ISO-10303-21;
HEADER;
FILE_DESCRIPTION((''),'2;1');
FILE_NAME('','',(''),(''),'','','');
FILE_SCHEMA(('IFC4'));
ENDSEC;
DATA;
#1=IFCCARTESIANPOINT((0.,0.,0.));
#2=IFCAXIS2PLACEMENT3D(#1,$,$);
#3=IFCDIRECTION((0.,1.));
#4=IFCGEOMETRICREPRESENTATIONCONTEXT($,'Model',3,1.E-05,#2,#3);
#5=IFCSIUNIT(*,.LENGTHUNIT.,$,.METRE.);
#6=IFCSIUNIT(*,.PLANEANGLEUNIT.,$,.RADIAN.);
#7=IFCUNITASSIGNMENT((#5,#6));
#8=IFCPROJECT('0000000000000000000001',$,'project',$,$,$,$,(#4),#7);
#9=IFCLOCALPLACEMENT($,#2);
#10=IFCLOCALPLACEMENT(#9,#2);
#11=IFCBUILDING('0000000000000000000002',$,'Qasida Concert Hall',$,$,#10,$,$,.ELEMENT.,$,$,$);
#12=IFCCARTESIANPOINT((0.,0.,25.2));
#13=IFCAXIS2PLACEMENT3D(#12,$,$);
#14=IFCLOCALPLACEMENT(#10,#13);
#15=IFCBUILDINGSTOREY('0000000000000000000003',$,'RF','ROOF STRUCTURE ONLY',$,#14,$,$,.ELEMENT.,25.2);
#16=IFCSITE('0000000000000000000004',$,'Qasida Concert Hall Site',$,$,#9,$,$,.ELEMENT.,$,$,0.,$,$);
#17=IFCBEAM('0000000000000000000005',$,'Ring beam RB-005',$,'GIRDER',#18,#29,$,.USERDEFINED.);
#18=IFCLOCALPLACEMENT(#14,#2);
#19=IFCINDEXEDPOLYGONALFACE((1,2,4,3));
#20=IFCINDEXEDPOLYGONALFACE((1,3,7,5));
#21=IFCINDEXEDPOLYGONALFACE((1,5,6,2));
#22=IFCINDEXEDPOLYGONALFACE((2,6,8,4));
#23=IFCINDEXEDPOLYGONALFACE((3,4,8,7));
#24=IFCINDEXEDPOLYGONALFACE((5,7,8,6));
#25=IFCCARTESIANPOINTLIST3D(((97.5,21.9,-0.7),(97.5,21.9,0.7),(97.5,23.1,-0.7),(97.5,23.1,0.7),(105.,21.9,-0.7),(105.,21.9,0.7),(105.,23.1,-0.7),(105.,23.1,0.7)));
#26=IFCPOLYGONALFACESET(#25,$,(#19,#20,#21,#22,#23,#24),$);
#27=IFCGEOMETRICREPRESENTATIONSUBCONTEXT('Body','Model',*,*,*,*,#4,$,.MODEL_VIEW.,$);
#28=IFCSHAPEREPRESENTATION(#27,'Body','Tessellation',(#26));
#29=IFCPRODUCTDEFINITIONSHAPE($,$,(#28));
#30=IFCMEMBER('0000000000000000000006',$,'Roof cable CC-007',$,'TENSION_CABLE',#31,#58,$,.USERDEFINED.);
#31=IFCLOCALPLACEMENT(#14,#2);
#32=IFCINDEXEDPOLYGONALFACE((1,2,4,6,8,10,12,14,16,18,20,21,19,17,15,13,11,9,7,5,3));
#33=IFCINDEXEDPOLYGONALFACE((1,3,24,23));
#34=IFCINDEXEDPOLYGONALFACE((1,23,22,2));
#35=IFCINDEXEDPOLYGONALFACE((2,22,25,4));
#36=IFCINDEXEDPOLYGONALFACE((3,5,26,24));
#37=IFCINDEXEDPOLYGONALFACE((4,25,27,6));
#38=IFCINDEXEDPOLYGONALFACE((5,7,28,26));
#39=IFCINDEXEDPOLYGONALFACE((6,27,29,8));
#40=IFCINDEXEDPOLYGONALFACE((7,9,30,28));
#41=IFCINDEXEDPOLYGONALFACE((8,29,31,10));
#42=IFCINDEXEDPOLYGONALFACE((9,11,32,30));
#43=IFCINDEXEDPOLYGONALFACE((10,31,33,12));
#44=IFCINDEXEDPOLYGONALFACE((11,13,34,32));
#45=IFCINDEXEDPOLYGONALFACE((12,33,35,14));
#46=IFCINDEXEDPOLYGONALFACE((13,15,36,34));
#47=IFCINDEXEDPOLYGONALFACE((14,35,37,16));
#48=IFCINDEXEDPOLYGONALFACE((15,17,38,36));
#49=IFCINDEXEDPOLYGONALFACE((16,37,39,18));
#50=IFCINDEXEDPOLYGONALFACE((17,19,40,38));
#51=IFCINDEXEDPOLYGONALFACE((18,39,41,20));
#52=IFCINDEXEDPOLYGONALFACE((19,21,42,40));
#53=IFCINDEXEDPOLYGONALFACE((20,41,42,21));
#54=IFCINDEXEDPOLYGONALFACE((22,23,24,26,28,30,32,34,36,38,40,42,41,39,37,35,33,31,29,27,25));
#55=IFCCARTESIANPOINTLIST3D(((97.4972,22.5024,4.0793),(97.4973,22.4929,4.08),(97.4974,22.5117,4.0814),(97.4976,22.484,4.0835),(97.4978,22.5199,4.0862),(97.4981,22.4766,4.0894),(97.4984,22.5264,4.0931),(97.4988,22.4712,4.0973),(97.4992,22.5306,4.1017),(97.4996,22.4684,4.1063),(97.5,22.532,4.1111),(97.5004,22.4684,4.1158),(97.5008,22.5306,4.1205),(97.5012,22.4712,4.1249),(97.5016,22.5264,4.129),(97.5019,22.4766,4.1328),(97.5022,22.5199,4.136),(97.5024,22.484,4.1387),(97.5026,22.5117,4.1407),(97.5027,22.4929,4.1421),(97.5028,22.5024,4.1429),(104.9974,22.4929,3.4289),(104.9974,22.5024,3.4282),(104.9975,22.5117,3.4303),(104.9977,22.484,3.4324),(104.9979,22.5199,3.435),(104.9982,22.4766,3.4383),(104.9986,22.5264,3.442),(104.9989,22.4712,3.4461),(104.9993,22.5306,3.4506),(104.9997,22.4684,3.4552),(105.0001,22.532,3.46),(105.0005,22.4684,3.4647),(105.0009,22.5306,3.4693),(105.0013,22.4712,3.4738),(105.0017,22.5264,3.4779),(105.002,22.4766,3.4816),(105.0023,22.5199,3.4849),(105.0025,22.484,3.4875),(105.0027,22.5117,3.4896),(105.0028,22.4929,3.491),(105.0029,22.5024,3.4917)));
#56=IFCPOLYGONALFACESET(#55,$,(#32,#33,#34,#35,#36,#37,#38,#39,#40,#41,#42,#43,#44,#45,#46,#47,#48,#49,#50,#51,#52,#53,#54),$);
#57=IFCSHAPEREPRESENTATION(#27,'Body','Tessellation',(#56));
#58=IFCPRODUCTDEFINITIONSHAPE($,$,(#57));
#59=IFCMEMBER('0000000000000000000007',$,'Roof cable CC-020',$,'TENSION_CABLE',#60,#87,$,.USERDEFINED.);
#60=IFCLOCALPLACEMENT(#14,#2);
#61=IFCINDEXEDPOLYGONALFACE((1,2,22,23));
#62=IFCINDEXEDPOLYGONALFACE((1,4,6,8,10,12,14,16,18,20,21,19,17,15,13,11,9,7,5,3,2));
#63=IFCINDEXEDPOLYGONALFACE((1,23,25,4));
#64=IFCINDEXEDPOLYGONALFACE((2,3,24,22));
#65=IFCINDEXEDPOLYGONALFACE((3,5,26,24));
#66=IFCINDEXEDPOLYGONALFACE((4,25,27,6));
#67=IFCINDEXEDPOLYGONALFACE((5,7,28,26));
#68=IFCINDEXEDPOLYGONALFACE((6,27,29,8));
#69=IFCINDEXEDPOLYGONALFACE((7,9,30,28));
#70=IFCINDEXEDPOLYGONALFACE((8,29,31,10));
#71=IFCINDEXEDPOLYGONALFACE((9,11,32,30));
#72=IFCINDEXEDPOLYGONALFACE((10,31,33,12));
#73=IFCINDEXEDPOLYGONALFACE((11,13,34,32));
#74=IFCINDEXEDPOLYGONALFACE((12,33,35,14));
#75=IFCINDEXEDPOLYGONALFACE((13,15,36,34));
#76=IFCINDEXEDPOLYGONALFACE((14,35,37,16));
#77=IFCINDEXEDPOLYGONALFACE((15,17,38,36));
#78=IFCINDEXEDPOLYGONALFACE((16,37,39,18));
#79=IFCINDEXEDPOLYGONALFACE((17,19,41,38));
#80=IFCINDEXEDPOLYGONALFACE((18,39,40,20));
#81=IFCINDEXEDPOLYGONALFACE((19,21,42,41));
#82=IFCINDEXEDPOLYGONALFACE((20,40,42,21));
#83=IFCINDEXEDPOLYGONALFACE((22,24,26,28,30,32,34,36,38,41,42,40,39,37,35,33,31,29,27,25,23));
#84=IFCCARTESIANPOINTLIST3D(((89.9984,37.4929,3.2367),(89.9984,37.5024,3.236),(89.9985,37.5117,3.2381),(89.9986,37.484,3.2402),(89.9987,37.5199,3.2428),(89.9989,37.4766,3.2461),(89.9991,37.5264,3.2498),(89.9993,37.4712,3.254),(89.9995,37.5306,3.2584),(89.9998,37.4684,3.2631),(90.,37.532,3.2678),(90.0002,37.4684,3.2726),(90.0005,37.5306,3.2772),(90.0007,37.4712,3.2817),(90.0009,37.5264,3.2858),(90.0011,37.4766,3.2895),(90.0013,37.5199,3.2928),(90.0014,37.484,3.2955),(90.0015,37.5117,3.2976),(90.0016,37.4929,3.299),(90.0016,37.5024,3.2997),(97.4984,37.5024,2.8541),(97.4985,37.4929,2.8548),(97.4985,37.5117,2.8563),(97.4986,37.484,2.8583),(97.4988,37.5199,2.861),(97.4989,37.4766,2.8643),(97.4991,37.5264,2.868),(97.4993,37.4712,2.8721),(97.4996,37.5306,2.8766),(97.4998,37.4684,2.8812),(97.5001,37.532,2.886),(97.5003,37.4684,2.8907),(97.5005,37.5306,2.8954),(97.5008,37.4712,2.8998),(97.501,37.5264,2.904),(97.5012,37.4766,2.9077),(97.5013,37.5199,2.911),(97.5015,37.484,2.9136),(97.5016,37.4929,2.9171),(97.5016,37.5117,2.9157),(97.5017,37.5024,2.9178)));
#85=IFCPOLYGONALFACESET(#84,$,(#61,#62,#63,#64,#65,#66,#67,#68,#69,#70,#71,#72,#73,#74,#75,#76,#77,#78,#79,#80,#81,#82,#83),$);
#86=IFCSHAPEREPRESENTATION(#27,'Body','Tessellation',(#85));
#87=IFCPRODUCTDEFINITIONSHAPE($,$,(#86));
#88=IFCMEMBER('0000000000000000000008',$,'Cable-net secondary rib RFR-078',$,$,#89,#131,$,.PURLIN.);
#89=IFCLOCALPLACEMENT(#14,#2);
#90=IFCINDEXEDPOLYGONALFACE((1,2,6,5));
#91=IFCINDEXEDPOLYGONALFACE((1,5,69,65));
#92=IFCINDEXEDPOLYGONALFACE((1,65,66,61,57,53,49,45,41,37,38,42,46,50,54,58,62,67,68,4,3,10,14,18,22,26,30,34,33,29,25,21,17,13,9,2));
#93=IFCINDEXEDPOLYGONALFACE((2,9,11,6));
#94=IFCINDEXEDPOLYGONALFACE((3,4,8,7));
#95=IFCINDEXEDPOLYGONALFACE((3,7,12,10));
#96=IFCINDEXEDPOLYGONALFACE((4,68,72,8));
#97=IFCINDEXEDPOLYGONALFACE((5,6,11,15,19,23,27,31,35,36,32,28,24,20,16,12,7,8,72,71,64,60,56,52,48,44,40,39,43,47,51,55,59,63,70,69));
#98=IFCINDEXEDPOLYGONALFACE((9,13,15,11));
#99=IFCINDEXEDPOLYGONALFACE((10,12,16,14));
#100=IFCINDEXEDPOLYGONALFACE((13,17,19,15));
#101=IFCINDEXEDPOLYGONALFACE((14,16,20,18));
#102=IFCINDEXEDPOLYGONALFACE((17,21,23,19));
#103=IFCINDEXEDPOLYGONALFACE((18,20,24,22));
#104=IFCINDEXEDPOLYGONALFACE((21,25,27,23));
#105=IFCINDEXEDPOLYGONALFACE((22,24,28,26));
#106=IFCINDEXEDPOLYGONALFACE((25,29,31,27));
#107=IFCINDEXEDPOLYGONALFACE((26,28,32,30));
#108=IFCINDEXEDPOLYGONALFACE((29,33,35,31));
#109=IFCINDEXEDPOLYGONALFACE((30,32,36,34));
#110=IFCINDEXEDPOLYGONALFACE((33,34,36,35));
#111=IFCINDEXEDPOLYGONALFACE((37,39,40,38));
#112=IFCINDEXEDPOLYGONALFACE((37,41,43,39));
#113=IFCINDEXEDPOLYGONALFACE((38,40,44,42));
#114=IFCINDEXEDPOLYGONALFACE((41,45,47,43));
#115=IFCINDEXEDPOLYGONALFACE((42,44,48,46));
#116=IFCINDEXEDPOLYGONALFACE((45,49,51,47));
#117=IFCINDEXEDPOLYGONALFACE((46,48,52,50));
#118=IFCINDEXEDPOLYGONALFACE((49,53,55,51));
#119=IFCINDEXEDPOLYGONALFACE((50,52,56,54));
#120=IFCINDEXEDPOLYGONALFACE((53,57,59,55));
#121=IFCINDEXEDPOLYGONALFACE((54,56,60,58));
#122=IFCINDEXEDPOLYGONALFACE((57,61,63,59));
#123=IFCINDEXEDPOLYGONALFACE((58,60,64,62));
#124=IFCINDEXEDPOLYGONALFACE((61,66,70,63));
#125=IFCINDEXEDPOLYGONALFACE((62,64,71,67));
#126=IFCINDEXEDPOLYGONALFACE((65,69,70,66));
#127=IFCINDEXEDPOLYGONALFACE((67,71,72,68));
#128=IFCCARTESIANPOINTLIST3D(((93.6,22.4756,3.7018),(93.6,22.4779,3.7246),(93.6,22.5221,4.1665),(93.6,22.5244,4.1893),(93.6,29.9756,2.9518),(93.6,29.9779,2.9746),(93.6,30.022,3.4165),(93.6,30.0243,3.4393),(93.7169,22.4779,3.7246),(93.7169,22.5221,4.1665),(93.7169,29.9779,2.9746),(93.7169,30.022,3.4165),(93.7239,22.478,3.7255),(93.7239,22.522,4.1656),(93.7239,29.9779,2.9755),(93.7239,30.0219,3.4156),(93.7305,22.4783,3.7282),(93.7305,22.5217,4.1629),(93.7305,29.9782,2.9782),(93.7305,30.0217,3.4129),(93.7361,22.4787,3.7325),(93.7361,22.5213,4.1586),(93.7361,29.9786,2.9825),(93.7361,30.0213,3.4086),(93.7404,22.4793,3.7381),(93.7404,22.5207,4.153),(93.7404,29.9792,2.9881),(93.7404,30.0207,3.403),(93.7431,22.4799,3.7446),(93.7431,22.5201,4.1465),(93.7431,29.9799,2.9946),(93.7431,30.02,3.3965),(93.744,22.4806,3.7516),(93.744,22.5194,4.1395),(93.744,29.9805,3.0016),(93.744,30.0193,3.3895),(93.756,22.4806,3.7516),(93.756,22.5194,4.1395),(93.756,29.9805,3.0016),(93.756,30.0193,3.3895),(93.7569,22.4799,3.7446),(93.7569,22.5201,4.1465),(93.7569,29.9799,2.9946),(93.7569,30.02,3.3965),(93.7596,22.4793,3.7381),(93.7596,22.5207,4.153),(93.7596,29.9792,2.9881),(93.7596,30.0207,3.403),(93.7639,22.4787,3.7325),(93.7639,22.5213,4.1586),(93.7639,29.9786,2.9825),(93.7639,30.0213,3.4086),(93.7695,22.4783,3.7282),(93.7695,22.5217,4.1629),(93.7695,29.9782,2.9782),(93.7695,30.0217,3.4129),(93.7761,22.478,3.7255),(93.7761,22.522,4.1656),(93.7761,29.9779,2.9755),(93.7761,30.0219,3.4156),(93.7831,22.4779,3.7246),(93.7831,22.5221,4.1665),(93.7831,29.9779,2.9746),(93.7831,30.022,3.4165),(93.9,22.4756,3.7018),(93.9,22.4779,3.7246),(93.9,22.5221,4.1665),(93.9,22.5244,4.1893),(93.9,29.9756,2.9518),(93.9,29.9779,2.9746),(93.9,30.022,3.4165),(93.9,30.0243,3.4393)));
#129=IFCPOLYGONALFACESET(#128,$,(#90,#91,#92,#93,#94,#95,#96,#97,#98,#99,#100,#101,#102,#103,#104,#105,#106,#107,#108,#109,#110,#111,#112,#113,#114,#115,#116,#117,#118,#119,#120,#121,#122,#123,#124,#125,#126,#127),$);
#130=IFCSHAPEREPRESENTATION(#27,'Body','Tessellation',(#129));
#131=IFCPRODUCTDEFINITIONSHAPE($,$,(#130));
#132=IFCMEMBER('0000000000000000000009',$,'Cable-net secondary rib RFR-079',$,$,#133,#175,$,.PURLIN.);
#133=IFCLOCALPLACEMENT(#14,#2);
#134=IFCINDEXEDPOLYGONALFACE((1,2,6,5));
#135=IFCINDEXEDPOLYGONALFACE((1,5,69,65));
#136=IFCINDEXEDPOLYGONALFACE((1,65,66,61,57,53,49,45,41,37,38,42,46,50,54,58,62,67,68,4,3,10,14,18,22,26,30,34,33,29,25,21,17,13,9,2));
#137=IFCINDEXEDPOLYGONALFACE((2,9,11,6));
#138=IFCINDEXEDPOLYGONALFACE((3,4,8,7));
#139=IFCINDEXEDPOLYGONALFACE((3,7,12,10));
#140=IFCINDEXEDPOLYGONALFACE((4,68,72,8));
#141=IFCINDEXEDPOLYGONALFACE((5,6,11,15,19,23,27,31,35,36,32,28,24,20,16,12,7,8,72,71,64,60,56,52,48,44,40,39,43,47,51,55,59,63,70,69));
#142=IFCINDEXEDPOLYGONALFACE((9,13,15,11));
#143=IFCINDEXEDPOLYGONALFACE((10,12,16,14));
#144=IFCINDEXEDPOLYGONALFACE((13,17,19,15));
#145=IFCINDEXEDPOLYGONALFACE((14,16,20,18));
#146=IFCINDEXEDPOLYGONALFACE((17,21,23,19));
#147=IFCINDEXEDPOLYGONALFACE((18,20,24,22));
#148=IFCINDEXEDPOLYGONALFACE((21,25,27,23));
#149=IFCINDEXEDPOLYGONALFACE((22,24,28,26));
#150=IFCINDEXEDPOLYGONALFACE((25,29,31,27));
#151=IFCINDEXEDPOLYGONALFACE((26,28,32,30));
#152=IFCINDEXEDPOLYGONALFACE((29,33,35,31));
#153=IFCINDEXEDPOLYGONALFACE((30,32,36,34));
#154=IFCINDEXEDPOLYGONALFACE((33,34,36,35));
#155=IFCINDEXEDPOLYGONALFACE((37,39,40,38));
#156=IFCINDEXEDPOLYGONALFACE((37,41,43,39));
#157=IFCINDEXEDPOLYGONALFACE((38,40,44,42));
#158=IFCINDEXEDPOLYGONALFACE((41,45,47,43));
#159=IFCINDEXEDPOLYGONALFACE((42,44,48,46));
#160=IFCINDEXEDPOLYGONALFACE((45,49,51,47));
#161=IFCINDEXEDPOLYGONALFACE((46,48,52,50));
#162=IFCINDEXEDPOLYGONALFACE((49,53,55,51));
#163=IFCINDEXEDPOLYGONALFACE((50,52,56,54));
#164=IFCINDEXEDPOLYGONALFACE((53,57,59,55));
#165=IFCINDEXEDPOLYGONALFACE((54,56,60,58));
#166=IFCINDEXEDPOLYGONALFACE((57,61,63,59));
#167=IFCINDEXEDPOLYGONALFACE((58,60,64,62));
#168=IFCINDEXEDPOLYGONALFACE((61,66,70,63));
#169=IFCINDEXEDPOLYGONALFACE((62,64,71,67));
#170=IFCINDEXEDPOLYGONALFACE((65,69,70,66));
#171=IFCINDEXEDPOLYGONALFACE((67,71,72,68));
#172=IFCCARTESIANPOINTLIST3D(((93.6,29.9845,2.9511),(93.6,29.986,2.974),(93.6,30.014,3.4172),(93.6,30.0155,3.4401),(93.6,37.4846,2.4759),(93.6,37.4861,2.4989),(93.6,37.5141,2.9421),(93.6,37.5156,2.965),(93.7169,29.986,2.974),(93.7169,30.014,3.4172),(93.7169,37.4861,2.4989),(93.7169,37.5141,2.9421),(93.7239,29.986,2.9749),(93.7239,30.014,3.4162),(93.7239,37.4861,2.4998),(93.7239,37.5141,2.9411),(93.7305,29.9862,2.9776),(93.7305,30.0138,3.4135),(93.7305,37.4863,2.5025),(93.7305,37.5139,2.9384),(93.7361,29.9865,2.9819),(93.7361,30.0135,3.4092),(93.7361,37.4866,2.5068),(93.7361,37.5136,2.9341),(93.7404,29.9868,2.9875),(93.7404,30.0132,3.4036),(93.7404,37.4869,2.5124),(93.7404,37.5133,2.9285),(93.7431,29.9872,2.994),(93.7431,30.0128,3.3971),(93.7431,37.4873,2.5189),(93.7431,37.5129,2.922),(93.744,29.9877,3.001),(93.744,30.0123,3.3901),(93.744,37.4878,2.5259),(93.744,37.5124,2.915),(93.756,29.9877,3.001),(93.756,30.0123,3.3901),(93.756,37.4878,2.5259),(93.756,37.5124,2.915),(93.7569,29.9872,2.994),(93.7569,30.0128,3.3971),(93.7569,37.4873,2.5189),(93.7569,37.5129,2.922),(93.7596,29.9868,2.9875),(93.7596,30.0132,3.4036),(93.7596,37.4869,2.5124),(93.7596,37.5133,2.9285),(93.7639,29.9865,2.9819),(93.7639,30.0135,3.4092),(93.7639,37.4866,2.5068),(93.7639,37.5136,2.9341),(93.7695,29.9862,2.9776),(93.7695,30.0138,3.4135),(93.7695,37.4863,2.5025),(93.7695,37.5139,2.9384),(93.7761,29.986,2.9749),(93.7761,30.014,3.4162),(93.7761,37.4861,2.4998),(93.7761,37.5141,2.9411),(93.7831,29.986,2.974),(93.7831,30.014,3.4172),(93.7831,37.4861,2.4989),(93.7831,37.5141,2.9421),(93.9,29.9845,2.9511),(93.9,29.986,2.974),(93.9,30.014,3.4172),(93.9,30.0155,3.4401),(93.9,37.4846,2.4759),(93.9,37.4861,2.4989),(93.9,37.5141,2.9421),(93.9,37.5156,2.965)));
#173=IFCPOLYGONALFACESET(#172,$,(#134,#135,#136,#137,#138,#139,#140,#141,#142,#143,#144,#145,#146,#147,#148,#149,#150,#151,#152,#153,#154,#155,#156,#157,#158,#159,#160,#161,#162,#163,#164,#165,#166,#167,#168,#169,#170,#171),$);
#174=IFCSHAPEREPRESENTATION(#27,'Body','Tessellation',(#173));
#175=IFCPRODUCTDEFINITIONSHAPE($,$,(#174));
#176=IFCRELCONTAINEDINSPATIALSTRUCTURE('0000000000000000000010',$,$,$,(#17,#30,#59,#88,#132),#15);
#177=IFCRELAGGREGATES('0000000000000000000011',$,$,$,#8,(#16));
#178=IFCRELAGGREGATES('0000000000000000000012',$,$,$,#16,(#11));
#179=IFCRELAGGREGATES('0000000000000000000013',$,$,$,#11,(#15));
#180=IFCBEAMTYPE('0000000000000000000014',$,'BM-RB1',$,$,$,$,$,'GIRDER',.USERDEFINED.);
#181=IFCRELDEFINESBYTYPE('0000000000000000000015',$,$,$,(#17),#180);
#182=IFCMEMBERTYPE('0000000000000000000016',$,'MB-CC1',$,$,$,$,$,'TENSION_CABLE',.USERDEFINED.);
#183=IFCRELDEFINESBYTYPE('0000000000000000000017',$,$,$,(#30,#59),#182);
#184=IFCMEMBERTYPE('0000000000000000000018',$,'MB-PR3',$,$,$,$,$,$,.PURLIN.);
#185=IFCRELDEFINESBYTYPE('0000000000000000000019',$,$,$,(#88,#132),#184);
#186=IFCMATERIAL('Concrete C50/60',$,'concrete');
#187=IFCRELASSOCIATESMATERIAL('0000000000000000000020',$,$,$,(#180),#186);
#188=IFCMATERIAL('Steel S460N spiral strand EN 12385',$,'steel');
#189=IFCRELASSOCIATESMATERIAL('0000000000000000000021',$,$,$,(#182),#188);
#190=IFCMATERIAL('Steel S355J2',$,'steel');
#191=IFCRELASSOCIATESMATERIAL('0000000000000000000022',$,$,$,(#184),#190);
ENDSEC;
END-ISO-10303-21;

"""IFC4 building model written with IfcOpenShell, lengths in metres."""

from ifc_helpers import new_model, si_unit, direction, frame, origin, origin_2d, place, context, subcontext, project, spatial, rectangle, circle, i_section, extrude, material, material_profile, profile_set, type_object, element, save


model = new_model("IFC4")

# Units and contexts
model_context = context("Model", 3, precision=1e-05, world=origin(), true_north=direction((0.0, 1.0)))
body_context = subcontext(model_context, "Body", "Model", "MODEL_VIEW")
ifc_project = project(units=[si_unit("LENGTHUNIT", "METRE"), si_unit("PLANEANGLEUNIT", "RADIAN")], contexts=[model_context])

# Site, building, storey
site_placement = place(None, origin())
site = spatial("IfcSite", under=ifc_project, at=site_placement, Name="Qasida Concert Hall Site", CompositionType="ELEMENT", RefElevation=0.0)
building_placement = place(site_placement, origin())
building = spatial("IfcBuilding", under=site, at=building_placement, Name="Qasida Concert Hall", CompositionType="ELEMENT")
storey_placement = place(building_placement, frame((0.0, 0.0, 25.2)))
storey = spatial("IfcBuildingStorey", under=building, at=storey_placement, Name="RF", Description="ROOF STRUCTURE ONLY", CompositionType="ELEMENT", Elevation=25.2)

# Beam
ifc_material_1 = material(Name="Concrete C50/60", Category="concrete")
ifc_material_profile_1 = material_profile(ifc_material_1, rectangle(XDim=1.2, YDim=1.3999, at=origin_2d()), Name="RC 1200x1400")
ifc_profile_set_1 = profile_set([ifc_material_profile_1], Name="Concrete C50/60")
beam_type = type_object("IfcBeamType", Name="BM-RB1", ElementType="GIRDER", PredefinedType="USERDEFINED", material=ifc_profile_set_1)
beam_placement = place(storey_placement, frame((97.5, 22.5, 0.0), z_axis=(1.0, 0.0, 0.0), x_axis=(0.0, 1.0, 0.0)))
element("IfcBeam", 1, at=beam_placement, inside=storey, type_object=beam_type, Name="Ring beam RB-005", ObjectType="GIRDER", PredefinedType="USERDEFINED", context=body_context, shape_type="SweptSolid", body=[
    extrude(rectangle(XDim=1.2, YDim=1.3999, at=origin_2d()), origin(), (0.0, 0.0, 1.0), 7.5),
])

# Members
ifc_material_2 = material(Name="Steel S460N spiral strand EN 12385", Category="steel")
ifc_material_profile_2 = material_profile(ifc_material_2, circle(Radius=0.032, at=origin_2d()), Name="STRAND D64")
ifc_profile_set_2 = profile_set([ifc_material_profile_2], Name="Steel S460N spiral strand EN 12385")
member_type_1 = type_object("IfcMemberType", Name="MB-CC1", ElementType="TENSION_CABLE", PredefinedType="USERDEFINED", material=ifc_profile_set_2)
member_1_placement = place(storey_placement, frame((97.5, 22.5, 4.1111), z_axis=(0.996253, 0.0, -0.086491), x_axis=(0.0, 1.0, 0.0)))
element("IfcMember", 2, at=member_1_placement, inside=storey, type_object=member_type_1, Name="Roof cable CC-007", ObjectType="TENSION_CABLE", PredefinedType="USERDEFINED", context=body_context, shape_type="SweptSolid", body=[
    extrude(circle(Radius=0.032, at=origin_2d()), origin(), (0.0, 0.0, 1.0), 7.5283),
])
member_2_placement = place(storey_placement, frame((90.0, 37.5, 3.2678), z_axis=(0.998707, 0.0, -0.050846), x_axis=(0.0, 1.0, 0.0)))
element("IfcMember", 3, at=member_2_placement, inside=storey, type_object=member_type_1, Name="Roof cable CC-020", ObjectType="TENSION_CABLE", PredefinedType="USERDEFINED", context=body_context, shape_type="SweptSolid", body=[
    extrude(circle(Radius=0.032, at=origin_2d()), origin(), (0.0, 0.0, 1.0), 7.5098),
])
ifc_material_3 = material(Name="Steel S355J2", Category="steel")
ifc_material_profile_3 = material_profile(ifc_material_3, i_section(OverallWidth=0.3, OverallDepth=0.49, WebThickness=0.012, FlangeThickness=0.0229, FilletRadius=0.0271, at=origin_2d()), Name="HEA 500")
ifc_profile_set_3 = profile_set([ifc_material_profile_3], Name="Steel S355J2")
member_type_2 = type_object("IfcMemberType", Name="MB-PR3", PredefinedType="PURLIN", material=ifc_profile_set_3)
member_3_placement = place(storey_placement, frame((93.75, 22.5, 3.9456), z_axis=(0.0, 0.995037, -0.099504), x_axis=(-1.0, 0.0, 0.0)))
element("IfcMember", 4, at=member_3_placement, inside=storey, type_object=member_type_2, Name="Cable-net secondary rib RFR-078", PredefinedType="PURLIN", context=body_context, shape_type="SweptSolid", body=[
    extrude(i_section(OverallWidth=0.3, OverallDepth=0.49, WebThickness=0.012, FlangeThickness=0.0229, FilletRadius=0.0271, at=origin_2d()), origin(), (0.0, 0.0, 1.0), 7.5374),
])
member_4_placement = place(storey_placement, frame((93.75, 30.0, 3.1956), z_axis=(0.0, 0.998, -0.06322), x_axis=(-1.0, 0.0, 0.0)))
element("IfcMember", 5, at=member_4_placement, inside=storey, type_object=member_type_2, Name="Cable-net secondary rib RFR-079", PredefinedType="PURLIN", context=body_context, shape_type="SweptSolid", body=[
    extrude(i_section(OverallWidth=0.3, OverallDepth=0.49, WebThickness=0.012, FlangeThickness=0.0229, FilletRadius=0.0271, at=origin_2d()), origin(), (0.0, 0.0, 1.0), 7.5151),
])

save(model, "model.ifc")
